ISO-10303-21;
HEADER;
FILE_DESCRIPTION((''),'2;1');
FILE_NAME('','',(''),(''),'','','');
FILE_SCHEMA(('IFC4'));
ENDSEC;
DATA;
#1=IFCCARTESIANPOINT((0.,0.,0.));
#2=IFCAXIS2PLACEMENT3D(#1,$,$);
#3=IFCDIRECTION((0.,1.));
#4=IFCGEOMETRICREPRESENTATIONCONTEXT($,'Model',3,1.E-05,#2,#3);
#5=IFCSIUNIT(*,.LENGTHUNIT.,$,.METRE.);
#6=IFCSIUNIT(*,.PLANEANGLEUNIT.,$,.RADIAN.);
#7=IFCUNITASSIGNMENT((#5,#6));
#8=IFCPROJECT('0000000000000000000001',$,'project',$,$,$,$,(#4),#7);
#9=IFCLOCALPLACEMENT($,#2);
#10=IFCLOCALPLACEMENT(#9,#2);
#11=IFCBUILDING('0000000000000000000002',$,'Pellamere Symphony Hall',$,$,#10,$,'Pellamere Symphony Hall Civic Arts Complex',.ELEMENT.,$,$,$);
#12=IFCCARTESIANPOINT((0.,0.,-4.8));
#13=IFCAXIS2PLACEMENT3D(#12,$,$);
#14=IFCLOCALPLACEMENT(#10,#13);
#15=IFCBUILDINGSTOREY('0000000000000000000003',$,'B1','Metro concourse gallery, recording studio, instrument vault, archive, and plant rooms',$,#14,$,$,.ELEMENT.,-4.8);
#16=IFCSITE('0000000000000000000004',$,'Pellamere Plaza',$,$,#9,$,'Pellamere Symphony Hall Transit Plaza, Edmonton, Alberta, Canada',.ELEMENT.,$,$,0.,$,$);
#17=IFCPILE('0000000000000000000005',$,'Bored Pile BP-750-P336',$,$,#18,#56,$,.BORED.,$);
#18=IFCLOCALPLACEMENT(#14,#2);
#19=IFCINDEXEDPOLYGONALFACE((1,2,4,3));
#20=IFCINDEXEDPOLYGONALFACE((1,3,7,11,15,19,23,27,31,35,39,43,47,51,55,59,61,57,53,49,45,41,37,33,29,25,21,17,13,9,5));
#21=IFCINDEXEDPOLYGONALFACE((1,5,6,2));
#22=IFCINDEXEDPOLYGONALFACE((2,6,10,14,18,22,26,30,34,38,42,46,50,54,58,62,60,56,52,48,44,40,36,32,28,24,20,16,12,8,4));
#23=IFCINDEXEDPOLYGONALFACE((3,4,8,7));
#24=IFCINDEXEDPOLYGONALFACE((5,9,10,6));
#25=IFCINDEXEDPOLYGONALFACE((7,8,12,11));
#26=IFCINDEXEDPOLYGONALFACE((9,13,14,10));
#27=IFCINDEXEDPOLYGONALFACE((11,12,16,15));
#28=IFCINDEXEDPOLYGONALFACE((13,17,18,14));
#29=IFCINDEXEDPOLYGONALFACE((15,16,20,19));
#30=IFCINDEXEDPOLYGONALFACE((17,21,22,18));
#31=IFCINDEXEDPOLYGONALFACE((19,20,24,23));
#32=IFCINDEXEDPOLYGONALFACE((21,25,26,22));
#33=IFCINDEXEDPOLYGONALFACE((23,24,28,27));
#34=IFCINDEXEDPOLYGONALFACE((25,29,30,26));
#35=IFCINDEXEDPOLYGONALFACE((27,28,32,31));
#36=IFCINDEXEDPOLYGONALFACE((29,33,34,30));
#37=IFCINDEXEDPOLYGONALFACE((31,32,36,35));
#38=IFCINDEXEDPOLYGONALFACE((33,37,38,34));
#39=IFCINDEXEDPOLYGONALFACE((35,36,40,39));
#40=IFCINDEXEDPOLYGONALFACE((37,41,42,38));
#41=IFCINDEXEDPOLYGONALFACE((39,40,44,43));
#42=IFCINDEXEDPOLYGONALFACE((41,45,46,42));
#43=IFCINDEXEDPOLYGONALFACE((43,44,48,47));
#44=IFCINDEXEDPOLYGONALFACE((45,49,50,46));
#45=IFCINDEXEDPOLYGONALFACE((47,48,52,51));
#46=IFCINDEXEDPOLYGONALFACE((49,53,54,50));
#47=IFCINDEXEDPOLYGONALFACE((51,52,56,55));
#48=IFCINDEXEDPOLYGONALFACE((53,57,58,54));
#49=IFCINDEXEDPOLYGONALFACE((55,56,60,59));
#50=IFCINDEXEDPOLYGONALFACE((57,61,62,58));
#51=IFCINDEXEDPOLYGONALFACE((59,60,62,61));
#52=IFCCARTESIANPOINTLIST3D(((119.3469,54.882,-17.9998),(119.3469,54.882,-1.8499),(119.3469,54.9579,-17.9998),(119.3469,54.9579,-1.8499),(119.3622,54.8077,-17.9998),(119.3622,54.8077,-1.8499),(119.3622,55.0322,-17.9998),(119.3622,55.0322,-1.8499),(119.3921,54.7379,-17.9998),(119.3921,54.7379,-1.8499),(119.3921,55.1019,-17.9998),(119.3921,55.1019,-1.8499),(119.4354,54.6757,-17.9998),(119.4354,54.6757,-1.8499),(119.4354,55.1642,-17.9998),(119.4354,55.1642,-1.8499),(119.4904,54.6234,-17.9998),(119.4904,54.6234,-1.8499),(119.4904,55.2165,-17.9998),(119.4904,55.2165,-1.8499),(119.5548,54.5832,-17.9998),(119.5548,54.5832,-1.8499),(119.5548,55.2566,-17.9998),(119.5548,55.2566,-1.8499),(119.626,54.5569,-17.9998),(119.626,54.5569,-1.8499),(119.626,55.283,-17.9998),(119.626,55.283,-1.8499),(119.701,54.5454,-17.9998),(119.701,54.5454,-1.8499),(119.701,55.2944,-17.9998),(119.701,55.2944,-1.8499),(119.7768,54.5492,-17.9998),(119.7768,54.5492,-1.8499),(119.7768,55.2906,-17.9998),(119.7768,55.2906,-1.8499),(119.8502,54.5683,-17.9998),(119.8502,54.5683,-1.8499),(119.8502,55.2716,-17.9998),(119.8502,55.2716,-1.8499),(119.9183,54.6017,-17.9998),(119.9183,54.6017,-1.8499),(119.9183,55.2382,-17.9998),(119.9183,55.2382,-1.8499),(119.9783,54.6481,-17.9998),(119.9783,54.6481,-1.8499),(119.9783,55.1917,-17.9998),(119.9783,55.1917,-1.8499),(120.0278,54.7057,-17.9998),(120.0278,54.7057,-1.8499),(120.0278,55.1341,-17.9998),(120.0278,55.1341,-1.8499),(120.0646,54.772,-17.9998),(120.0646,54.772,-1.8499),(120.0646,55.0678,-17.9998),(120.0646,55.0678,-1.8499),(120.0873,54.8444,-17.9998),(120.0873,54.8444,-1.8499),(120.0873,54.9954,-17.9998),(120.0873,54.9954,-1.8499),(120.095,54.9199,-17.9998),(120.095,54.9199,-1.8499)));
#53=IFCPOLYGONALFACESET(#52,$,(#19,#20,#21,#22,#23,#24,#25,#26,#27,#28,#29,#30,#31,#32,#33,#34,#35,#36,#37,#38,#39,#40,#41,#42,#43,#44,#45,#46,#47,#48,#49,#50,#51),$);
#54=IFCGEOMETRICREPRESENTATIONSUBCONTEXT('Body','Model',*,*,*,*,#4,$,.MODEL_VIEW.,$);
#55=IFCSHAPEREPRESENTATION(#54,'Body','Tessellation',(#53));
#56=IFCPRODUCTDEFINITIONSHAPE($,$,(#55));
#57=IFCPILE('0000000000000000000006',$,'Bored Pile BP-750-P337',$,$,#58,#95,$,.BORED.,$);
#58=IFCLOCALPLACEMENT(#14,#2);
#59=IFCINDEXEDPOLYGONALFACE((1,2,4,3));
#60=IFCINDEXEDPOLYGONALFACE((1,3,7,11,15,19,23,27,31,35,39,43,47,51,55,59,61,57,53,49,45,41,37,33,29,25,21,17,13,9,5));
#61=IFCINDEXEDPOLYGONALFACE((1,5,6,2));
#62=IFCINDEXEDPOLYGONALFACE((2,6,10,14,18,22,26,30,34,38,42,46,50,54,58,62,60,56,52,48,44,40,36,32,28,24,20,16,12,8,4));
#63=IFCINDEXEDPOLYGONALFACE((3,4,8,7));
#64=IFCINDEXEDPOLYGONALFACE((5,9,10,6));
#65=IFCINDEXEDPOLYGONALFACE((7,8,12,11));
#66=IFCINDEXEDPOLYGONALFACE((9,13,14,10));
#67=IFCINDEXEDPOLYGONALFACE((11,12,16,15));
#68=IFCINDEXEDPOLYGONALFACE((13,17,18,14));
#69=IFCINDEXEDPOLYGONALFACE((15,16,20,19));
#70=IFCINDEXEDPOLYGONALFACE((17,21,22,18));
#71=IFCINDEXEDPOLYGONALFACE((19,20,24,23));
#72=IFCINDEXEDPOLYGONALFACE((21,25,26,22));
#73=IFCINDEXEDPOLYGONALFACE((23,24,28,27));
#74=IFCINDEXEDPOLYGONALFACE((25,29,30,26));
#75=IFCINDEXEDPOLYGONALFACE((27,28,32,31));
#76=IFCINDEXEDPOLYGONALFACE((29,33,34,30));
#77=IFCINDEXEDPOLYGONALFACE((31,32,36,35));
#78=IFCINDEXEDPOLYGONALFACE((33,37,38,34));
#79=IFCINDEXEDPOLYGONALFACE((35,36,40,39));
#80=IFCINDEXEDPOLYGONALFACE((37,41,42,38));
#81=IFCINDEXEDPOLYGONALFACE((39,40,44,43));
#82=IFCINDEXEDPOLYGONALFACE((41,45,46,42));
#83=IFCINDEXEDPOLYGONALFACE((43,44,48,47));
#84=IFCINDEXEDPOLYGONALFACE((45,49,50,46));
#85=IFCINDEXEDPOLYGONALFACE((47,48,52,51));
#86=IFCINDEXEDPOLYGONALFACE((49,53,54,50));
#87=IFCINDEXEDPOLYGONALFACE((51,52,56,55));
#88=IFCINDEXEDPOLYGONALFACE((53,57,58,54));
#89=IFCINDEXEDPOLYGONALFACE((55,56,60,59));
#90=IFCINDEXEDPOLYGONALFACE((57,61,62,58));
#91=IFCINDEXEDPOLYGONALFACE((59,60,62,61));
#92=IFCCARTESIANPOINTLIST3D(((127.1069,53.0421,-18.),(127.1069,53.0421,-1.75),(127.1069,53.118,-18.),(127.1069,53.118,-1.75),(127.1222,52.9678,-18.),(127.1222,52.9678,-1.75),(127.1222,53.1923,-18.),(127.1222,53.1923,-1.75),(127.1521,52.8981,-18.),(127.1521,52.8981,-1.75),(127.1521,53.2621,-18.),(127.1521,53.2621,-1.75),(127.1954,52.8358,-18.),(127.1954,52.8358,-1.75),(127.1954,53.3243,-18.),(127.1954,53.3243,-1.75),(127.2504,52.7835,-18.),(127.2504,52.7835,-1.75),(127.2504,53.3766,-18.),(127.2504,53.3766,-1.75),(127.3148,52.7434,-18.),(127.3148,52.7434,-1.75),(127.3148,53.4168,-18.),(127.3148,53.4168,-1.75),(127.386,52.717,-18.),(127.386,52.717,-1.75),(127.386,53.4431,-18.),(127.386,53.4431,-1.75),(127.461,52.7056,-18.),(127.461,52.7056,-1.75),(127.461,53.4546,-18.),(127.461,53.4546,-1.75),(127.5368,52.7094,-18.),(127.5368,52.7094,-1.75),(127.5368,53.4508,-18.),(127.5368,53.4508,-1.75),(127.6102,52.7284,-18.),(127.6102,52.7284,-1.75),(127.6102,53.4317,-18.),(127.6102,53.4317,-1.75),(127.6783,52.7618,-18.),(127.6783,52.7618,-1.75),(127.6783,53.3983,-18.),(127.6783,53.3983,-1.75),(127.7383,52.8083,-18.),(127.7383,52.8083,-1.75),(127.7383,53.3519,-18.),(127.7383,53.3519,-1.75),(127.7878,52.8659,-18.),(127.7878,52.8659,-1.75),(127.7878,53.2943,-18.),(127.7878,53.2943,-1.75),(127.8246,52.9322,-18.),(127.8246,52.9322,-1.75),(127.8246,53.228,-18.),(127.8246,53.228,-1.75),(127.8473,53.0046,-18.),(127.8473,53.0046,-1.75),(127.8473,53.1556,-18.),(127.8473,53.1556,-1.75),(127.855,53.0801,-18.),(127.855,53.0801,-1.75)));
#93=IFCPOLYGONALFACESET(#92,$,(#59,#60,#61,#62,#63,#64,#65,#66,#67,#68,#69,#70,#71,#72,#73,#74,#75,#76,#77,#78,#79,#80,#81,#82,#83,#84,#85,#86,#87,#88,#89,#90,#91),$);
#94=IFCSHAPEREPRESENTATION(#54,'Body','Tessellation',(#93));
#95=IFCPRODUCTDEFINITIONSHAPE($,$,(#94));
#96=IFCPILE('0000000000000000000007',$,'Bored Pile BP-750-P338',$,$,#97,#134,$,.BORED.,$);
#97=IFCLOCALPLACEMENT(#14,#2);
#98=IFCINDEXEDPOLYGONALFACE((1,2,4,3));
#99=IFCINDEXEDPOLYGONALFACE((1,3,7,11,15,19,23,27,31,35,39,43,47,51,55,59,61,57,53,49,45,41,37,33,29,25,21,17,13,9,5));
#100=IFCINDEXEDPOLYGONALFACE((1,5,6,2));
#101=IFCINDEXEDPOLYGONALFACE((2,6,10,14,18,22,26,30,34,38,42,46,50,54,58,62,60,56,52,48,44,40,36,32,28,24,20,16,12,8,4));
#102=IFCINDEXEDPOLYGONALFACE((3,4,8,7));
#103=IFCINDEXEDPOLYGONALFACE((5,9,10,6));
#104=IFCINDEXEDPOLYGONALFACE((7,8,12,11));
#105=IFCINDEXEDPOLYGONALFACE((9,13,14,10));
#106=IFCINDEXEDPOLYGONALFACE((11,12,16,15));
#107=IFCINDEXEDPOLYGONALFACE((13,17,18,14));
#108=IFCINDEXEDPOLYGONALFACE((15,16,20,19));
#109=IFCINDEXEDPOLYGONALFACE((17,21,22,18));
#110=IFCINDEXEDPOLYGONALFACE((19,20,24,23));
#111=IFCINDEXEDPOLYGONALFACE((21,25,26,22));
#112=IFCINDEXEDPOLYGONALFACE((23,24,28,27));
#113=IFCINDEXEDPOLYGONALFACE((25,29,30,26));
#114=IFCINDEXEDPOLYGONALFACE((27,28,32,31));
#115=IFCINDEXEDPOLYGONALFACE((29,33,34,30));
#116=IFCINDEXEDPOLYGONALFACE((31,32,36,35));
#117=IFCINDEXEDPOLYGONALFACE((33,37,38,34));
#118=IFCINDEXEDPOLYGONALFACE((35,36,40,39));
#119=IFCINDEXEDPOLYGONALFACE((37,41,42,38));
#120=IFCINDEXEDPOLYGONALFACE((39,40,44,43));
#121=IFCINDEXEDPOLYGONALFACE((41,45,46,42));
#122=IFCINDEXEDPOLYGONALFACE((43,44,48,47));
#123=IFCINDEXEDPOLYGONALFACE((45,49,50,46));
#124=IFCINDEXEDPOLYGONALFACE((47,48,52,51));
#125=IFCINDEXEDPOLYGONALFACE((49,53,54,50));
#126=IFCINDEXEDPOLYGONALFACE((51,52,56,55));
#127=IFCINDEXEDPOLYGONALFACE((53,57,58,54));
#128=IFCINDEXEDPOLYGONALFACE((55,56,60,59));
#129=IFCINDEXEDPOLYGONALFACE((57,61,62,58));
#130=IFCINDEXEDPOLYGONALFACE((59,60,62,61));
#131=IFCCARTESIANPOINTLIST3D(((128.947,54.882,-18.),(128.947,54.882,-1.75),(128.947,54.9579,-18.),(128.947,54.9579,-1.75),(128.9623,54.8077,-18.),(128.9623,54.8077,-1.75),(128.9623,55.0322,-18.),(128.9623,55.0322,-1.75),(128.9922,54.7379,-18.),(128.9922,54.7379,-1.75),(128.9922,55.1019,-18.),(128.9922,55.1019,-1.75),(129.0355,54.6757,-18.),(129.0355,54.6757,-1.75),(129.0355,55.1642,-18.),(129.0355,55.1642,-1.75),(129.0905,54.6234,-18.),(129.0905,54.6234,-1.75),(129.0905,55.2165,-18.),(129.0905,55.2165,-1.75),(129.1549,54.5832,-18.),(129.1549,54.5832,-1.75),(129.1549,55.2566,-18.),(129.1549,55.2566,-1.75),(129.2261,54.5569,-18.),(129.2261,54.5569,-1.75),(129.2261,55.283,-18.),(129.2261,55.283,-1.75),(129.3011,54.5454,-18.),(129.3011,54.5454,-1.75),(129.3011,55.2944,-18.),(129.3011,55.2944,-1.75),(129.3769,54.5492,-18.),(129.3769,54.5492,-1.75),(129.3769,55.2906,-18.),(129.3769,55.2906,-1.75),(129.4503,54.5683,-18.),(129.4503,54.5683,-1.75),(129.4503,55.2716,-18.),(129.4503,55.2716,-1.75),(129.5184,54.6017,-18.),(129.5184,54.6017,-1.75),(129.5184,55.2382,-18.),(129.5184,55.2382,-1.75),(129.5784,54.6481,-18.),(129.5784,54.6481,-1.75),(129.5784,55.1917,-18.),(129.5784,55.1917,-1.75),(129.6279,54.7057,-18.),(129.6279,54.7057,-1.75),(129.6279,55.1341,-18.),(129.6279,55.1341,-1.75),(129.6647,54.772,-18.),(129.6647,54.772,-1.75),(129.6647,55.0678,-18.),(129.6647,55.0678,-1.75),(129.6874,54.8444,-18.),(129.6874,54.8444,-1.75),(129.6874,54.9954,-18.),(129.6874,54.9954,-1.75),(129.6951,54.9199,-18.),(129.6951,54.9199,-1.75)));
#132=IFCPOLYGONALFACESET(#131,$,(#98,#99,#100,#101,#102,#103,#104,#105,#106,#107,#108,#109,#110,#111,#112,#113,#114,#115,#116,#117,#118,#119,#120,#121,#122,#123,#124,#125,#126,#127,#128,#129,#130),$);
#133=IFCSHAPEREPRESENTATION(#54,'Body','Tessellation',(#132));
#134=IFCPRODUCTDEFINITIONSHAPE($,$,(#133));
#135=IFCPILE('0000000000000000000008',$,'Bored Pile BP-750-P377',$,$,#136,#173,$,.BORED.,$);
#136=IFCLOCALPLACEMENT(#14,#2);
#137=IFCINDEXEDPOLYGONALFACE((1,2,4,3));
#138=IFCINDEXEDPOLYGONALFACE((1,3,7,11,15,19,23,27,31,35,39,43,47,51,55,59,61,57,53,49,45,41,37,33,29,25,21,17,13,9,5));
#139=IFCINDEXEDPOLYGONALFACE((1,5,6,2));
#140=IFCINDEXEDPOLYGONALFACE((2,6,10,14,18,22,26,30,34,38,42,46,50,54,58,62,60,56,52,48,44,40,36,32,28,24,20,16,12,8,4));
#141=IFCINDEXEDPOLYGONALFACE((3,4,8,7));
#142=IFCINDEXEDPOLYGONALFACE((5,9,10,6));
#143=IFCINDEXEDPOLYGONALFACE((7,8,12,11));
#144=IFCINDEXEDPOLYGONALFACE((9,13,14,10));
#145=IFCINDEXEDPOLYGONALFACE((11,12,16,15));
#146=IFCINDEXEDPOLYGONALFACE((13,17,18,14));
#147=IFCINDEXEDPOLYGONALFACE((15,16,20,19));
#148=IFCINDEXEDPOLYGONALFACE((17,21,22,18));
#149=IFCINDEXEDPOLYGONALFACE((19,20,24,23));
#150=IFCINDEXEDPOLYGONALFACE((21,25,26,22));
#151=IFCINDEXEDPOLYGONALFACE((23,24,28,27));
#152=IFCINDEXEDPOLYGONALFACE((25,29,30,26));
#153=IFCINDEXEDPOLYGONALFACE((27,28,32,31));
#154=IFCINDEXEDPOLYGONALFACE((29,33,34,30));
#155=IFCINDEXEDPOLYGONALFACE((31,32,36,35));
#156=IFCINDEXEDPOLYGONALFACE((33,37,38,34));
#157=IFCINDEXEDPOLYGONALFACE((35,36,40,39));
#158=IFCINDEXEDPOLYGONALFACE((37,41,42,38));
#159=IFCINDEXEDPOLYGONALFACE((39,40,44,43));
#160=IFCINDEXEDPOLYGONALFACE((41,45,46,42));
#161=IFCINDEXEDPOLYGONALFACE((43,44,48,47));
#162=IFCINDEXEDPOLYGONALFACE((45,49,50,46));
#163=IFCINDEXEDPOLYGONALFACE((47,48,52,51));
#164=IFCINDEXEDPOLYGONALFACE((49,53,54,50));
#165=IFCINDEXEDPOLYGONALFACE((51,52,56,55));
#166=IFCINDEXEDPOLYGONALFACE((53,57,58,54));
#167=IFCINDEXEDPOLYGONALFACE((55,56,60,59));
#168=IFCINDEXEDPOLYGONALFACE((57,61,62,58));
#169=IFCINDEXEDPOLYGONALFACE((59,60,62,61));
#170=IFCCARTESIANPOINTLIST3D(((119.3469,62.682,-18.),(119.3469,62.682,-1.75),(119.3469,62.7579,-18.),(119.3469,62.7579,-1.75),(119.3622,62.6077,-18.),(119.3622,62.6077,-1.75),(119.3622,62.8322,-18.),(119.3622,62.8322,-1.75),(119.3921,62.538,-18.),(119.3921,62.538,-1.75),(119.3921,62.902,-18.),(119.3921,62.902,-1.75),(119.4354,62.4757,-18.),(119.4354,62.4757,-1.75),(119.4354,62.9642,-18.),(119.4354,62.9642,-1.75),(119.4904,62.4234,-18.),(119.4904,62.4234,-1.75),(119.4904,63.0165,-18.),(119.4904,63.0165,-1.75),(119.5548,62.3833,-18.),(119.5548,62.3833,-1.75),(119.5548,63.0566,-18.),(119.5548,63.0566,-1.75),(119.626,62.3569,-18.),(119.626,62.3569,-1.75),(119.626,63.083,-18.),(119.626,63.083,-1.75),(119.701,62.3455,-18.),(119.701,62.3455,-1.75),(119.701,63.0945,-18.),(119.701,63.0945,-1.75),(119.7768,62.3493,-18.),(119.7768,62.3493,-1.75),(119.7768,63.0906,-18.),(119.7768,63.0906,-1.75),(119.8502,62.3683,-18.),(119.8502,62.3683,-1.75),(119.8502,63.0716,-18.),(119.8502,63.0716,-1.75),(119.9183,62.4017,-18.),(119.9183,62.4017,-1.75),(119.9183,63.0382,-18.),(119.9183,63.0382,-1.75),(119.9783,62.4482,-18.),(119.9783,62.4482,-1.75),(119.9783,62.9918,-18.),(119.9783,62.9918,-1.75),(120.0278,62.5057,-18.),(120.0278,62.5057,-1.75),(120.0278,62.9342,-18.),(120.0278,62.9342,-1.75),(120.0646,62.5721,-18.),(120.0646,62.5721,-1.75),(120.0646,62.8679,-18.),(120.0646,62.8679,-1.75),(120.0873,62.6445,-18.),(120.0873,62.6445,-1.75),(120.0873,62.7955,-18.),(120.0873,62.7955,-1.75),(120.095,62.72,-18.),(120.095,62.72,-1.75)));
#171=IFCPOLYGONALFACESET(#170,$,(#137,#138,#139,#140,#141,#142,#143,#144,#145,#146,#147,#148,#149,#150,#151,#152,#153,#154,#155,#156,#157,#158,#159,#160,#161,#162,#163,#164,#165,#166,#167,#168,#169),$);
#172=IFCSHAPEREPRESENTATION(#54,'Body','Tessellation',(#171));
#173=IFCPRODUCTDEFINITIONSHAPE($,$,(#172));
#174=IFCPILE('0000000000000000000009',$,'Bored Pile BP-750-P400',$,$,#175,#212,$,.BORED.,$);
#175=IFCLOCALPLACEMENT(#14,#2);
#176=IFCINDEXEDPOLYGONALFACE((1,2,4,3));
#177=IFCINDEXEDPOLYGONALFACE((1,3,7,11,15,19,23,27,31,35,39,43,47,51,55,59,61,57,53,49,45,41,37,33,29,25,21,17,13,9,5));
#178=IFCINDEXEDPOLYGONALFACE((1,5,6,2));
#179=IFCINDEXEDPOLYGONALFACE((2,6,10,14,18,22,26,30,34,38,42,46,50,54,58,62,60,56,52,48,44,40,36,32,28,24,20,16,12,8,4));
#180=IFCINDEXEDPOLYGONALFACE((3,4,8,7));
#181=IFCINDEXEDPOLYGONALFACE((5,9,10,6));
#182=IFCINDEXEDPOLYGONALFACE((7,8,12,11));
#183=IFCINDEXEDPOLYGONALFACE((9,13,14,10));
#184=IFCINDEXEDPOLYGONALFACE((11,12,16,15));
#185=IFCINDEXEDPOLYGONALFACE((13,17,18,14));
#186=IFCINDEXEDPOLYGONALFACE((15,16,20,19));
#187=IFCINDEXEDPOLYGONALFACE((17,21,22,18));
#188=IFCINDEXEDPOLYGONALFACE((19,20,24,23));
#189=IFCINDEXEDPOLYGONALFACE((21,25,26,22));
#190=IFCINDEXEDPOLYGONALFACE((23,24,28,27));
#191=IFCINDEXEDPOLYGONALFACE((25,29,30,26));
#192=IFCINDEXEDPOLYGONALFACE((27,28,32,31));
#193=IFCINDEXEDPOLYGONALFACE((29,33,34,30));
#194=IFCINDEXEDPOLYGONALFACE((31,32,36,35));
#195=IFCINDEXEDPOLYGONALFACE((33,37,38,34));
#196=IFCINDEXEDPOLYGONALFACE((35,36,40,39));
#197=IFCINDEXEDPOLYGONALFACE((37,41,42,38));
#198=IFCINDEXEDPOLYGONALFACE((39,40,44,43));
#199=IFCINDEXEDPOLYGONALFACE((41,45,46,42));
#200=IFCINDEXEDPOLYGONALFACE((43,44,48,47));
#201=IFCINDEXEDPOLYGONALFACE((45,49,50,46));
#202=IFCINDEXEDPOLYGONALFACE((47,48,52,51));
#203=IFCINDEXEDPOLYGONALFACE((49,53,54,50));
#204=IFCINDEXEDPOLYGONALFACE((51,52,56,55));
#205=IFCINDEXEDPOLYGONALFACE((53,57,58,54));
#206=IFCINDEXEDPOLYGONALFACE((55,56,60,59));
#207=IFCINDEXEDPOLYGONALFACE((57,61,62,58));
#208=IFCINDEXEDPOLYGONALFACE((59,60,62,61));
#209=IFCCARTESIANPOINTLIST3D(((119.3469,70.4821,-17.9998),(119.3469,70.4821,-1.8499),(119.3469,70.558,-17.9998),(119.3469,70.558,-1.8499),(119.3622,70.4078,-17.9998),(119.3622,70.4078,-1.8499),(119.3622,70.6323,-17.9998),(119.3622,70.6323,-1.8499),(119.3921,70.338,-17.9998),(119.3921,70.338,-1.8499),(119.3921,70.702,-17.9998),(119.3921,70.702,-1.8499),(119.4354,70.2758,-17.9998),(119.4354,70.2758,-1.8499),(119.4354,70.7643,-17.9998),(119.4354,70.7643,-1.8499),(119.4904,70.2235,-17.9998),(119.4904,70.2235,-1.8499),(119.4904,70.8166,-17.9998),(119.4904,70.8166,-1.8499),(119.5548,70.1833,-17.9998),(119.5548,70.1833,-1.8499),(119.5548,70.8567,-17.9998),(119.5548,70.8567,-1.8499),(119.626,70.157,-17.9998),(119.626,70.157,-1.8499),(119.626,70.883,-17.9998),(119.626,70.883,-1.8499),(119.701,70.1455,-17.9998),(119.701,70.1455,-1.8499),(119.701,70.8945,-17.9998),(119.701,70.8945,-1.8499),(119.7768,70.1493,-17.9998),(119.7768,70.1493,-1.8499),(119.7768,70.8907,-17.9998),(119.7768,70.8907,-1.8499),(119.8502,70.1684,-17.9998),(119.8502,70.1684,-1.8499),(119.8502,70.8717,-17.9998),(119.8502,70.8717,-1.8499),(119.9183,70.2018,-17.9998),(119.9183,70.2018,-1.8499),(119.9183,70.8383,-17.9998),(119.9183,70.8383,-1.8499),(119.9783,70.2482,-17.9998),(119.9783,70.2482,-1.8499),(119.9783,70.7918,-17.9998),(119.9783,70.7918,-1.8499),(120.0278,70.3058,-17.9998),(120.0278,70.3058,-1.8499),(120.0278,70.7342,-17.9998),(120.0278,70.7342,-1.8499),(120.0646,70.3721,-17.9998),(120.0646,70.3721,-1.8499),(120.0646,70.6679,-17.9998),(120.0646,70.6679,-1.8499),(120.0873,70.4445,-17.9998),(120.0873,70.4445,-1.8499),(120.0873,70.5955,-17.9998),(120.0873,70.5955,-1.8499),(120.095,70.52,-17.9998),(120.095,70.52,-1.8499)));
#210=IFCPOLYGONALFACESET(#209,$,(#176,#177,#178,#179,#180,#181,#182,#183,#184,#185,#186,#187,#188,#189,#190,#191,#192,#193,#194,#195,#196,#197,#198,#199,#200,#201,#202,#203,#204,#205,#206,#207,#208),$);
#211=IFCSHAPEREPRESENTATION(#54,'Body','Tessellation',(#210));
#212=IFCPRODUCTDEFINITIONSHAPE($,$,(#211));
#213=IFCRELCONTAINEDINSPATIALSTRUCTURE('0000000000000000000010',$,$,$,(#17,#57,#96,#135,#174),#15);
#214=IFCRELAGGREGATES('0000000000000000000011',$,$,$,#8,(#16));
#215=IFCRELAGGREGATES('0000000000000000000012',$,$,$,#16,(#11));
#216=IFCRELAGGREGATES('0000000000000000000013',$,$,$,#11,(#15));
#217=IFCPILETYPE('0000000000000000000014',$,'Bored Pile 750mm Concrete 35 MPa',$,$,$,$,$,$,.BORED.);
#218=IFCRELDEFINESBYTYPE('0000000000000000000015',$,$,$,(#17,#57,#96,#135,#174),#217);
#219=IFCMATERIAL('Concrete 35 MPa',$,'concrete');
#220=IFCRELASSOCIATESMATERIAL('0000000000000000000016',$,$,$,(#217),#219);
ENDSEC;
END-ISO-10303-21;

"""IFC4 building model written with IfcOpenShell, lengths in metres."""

from ifc_helpers import new_model, si_unit, direction, frame, origin, origin_2d, place, context, subcontext, project, spatial, circle, extrude, material, material_profile, profile_set, type_object, element, save


model = new_model("IFC4")

# Units and contexts
model_context = context("Model", 3, precision=1e-05, world=origin(), true_north=direction((0.0, 1.0)))
body_context = subcontext(model_context, "Body", "Model", "MODEL_VIEW")
ifc_project = project(units=[si_unit("LENGTHUNIT", "METRE"), si_unit("PLANEANGLEUNIT", "RADIAN")], contexts=[model_context])

# Site, building, storey
site_placement = place(None, origin())
site = spatial("IfcSite", under=ifc_project, at=site_placement, Name="Pellamere Plaza", LongName="Pellamere Symphony Hall Transit Plaza, Edmonton, Alberta, Canada", CompositionType="ELEMENT", RefElevation=0.0)
building_placement = place(site_placement, origin())
building = spatial("IfcBuilding", under=site, at=building_placement, Name="Pellamere Symphony Hall", LongName="Pellamere Symphony Hall Civic Arts Complex", CompositionType="ELEMENT")
storey_placement = place(building_placement, frame((0.0, 0.0, -4.8)))
storey = spatial("IfcBuildingStorey", under=building, at=storey_placement, Name="B1", Description="Metro concourse gallery, recording studio, instrument vault, archive, and plant rooms", CompositionType="ELEMENT", Elevation=-4.8)

# Piles
ifc_material_1 = material(Name="Concrete 35 MPa", Category="concrete")
ifc_material_profile_1 = material_profile(ifc_material_1, circle(Radius=0.375, at=origin_2d()), Name="PILE D750")
ifc_profile_set_1 = profile_set([ifc_material_profile_1], Name="Concrete 35 MPa")
pile_type_1 = type_object("IfcPileType", Name="Bored Pile 750mm Concrete 35 MPa", PredefinedType="BORED", material=ifc_profile_set_1)
pile_1_placement = place(storey_placement, frame((119.72, 54.9199, -1.8499), z_axis=(0.0, 0.0, -1.0), x_axis=(1.0, 0.0, 0.0)))
element("IfcPile", 1, at=pile_1_placement, inside=storey, type_object=pile_type_1, Name="Bored Pile BP-750-P336", PredefinedType="BORED", context=body_context, shape_type="SweptSolid", body=[
    extrude(circle(Radius=0.375, at=origin_2d()), origin(), (0.0, 0.0, 1.0), 16.1499),
])
for number, where, z_axis, x_axis, name in (
    (2, (127.48, 53.0801, -1.75), (0.0, 0.0, -1.0), (1.0, 0.0, 0.0), "Bored Pile BP-750-P337"),
    (3, (129.3201, 54.9199, -1.75), (0.0, 0.0, -1.0), (1.0, 0.0, 0.0), "Bored Pile BP-750-P338"),
    (4, (119.72, 62.72, -1.75), (0.0, 0.0, -1.0), (1.0, 0.0, 0.0), "Bored Pile BP-750-P377"),
):
    element("IfcPile", number, at=place(storey_placement, frame(where, z_axis=z_axis, x_axis=x_axis)), inside=storey, type_object=pile_type_1, Name=name, PredefinedType="BORED", context=body_context, shape_type="SweptSolid", body=[
        extrude(circle(Radius=0.375, at=origin_2d()), origin(), (0.0, 0.0, 1.0), 16.25),
    ])
pile_2_placement = place(storey_placement, frame((119.72, 70.52, -1.8499), z_axis=(0.0, 0.0, -1.0), x_axis=(1.0, 0.0, 0.0)))
element("IfcPile", 5, at=pile_2_placement, inside=storey, type_object=pile_type_1, Name="Bored Pile BP-750-P400", PredefinedType="BORED", context=body_context, shape_type="SweptSolid", body=[
    extrude(circle(Radius=0.375, at=origin_2d()), origin(), (0.0, 0.0, 1.0), 16.1499),
])

save(model, "model.ifc")
